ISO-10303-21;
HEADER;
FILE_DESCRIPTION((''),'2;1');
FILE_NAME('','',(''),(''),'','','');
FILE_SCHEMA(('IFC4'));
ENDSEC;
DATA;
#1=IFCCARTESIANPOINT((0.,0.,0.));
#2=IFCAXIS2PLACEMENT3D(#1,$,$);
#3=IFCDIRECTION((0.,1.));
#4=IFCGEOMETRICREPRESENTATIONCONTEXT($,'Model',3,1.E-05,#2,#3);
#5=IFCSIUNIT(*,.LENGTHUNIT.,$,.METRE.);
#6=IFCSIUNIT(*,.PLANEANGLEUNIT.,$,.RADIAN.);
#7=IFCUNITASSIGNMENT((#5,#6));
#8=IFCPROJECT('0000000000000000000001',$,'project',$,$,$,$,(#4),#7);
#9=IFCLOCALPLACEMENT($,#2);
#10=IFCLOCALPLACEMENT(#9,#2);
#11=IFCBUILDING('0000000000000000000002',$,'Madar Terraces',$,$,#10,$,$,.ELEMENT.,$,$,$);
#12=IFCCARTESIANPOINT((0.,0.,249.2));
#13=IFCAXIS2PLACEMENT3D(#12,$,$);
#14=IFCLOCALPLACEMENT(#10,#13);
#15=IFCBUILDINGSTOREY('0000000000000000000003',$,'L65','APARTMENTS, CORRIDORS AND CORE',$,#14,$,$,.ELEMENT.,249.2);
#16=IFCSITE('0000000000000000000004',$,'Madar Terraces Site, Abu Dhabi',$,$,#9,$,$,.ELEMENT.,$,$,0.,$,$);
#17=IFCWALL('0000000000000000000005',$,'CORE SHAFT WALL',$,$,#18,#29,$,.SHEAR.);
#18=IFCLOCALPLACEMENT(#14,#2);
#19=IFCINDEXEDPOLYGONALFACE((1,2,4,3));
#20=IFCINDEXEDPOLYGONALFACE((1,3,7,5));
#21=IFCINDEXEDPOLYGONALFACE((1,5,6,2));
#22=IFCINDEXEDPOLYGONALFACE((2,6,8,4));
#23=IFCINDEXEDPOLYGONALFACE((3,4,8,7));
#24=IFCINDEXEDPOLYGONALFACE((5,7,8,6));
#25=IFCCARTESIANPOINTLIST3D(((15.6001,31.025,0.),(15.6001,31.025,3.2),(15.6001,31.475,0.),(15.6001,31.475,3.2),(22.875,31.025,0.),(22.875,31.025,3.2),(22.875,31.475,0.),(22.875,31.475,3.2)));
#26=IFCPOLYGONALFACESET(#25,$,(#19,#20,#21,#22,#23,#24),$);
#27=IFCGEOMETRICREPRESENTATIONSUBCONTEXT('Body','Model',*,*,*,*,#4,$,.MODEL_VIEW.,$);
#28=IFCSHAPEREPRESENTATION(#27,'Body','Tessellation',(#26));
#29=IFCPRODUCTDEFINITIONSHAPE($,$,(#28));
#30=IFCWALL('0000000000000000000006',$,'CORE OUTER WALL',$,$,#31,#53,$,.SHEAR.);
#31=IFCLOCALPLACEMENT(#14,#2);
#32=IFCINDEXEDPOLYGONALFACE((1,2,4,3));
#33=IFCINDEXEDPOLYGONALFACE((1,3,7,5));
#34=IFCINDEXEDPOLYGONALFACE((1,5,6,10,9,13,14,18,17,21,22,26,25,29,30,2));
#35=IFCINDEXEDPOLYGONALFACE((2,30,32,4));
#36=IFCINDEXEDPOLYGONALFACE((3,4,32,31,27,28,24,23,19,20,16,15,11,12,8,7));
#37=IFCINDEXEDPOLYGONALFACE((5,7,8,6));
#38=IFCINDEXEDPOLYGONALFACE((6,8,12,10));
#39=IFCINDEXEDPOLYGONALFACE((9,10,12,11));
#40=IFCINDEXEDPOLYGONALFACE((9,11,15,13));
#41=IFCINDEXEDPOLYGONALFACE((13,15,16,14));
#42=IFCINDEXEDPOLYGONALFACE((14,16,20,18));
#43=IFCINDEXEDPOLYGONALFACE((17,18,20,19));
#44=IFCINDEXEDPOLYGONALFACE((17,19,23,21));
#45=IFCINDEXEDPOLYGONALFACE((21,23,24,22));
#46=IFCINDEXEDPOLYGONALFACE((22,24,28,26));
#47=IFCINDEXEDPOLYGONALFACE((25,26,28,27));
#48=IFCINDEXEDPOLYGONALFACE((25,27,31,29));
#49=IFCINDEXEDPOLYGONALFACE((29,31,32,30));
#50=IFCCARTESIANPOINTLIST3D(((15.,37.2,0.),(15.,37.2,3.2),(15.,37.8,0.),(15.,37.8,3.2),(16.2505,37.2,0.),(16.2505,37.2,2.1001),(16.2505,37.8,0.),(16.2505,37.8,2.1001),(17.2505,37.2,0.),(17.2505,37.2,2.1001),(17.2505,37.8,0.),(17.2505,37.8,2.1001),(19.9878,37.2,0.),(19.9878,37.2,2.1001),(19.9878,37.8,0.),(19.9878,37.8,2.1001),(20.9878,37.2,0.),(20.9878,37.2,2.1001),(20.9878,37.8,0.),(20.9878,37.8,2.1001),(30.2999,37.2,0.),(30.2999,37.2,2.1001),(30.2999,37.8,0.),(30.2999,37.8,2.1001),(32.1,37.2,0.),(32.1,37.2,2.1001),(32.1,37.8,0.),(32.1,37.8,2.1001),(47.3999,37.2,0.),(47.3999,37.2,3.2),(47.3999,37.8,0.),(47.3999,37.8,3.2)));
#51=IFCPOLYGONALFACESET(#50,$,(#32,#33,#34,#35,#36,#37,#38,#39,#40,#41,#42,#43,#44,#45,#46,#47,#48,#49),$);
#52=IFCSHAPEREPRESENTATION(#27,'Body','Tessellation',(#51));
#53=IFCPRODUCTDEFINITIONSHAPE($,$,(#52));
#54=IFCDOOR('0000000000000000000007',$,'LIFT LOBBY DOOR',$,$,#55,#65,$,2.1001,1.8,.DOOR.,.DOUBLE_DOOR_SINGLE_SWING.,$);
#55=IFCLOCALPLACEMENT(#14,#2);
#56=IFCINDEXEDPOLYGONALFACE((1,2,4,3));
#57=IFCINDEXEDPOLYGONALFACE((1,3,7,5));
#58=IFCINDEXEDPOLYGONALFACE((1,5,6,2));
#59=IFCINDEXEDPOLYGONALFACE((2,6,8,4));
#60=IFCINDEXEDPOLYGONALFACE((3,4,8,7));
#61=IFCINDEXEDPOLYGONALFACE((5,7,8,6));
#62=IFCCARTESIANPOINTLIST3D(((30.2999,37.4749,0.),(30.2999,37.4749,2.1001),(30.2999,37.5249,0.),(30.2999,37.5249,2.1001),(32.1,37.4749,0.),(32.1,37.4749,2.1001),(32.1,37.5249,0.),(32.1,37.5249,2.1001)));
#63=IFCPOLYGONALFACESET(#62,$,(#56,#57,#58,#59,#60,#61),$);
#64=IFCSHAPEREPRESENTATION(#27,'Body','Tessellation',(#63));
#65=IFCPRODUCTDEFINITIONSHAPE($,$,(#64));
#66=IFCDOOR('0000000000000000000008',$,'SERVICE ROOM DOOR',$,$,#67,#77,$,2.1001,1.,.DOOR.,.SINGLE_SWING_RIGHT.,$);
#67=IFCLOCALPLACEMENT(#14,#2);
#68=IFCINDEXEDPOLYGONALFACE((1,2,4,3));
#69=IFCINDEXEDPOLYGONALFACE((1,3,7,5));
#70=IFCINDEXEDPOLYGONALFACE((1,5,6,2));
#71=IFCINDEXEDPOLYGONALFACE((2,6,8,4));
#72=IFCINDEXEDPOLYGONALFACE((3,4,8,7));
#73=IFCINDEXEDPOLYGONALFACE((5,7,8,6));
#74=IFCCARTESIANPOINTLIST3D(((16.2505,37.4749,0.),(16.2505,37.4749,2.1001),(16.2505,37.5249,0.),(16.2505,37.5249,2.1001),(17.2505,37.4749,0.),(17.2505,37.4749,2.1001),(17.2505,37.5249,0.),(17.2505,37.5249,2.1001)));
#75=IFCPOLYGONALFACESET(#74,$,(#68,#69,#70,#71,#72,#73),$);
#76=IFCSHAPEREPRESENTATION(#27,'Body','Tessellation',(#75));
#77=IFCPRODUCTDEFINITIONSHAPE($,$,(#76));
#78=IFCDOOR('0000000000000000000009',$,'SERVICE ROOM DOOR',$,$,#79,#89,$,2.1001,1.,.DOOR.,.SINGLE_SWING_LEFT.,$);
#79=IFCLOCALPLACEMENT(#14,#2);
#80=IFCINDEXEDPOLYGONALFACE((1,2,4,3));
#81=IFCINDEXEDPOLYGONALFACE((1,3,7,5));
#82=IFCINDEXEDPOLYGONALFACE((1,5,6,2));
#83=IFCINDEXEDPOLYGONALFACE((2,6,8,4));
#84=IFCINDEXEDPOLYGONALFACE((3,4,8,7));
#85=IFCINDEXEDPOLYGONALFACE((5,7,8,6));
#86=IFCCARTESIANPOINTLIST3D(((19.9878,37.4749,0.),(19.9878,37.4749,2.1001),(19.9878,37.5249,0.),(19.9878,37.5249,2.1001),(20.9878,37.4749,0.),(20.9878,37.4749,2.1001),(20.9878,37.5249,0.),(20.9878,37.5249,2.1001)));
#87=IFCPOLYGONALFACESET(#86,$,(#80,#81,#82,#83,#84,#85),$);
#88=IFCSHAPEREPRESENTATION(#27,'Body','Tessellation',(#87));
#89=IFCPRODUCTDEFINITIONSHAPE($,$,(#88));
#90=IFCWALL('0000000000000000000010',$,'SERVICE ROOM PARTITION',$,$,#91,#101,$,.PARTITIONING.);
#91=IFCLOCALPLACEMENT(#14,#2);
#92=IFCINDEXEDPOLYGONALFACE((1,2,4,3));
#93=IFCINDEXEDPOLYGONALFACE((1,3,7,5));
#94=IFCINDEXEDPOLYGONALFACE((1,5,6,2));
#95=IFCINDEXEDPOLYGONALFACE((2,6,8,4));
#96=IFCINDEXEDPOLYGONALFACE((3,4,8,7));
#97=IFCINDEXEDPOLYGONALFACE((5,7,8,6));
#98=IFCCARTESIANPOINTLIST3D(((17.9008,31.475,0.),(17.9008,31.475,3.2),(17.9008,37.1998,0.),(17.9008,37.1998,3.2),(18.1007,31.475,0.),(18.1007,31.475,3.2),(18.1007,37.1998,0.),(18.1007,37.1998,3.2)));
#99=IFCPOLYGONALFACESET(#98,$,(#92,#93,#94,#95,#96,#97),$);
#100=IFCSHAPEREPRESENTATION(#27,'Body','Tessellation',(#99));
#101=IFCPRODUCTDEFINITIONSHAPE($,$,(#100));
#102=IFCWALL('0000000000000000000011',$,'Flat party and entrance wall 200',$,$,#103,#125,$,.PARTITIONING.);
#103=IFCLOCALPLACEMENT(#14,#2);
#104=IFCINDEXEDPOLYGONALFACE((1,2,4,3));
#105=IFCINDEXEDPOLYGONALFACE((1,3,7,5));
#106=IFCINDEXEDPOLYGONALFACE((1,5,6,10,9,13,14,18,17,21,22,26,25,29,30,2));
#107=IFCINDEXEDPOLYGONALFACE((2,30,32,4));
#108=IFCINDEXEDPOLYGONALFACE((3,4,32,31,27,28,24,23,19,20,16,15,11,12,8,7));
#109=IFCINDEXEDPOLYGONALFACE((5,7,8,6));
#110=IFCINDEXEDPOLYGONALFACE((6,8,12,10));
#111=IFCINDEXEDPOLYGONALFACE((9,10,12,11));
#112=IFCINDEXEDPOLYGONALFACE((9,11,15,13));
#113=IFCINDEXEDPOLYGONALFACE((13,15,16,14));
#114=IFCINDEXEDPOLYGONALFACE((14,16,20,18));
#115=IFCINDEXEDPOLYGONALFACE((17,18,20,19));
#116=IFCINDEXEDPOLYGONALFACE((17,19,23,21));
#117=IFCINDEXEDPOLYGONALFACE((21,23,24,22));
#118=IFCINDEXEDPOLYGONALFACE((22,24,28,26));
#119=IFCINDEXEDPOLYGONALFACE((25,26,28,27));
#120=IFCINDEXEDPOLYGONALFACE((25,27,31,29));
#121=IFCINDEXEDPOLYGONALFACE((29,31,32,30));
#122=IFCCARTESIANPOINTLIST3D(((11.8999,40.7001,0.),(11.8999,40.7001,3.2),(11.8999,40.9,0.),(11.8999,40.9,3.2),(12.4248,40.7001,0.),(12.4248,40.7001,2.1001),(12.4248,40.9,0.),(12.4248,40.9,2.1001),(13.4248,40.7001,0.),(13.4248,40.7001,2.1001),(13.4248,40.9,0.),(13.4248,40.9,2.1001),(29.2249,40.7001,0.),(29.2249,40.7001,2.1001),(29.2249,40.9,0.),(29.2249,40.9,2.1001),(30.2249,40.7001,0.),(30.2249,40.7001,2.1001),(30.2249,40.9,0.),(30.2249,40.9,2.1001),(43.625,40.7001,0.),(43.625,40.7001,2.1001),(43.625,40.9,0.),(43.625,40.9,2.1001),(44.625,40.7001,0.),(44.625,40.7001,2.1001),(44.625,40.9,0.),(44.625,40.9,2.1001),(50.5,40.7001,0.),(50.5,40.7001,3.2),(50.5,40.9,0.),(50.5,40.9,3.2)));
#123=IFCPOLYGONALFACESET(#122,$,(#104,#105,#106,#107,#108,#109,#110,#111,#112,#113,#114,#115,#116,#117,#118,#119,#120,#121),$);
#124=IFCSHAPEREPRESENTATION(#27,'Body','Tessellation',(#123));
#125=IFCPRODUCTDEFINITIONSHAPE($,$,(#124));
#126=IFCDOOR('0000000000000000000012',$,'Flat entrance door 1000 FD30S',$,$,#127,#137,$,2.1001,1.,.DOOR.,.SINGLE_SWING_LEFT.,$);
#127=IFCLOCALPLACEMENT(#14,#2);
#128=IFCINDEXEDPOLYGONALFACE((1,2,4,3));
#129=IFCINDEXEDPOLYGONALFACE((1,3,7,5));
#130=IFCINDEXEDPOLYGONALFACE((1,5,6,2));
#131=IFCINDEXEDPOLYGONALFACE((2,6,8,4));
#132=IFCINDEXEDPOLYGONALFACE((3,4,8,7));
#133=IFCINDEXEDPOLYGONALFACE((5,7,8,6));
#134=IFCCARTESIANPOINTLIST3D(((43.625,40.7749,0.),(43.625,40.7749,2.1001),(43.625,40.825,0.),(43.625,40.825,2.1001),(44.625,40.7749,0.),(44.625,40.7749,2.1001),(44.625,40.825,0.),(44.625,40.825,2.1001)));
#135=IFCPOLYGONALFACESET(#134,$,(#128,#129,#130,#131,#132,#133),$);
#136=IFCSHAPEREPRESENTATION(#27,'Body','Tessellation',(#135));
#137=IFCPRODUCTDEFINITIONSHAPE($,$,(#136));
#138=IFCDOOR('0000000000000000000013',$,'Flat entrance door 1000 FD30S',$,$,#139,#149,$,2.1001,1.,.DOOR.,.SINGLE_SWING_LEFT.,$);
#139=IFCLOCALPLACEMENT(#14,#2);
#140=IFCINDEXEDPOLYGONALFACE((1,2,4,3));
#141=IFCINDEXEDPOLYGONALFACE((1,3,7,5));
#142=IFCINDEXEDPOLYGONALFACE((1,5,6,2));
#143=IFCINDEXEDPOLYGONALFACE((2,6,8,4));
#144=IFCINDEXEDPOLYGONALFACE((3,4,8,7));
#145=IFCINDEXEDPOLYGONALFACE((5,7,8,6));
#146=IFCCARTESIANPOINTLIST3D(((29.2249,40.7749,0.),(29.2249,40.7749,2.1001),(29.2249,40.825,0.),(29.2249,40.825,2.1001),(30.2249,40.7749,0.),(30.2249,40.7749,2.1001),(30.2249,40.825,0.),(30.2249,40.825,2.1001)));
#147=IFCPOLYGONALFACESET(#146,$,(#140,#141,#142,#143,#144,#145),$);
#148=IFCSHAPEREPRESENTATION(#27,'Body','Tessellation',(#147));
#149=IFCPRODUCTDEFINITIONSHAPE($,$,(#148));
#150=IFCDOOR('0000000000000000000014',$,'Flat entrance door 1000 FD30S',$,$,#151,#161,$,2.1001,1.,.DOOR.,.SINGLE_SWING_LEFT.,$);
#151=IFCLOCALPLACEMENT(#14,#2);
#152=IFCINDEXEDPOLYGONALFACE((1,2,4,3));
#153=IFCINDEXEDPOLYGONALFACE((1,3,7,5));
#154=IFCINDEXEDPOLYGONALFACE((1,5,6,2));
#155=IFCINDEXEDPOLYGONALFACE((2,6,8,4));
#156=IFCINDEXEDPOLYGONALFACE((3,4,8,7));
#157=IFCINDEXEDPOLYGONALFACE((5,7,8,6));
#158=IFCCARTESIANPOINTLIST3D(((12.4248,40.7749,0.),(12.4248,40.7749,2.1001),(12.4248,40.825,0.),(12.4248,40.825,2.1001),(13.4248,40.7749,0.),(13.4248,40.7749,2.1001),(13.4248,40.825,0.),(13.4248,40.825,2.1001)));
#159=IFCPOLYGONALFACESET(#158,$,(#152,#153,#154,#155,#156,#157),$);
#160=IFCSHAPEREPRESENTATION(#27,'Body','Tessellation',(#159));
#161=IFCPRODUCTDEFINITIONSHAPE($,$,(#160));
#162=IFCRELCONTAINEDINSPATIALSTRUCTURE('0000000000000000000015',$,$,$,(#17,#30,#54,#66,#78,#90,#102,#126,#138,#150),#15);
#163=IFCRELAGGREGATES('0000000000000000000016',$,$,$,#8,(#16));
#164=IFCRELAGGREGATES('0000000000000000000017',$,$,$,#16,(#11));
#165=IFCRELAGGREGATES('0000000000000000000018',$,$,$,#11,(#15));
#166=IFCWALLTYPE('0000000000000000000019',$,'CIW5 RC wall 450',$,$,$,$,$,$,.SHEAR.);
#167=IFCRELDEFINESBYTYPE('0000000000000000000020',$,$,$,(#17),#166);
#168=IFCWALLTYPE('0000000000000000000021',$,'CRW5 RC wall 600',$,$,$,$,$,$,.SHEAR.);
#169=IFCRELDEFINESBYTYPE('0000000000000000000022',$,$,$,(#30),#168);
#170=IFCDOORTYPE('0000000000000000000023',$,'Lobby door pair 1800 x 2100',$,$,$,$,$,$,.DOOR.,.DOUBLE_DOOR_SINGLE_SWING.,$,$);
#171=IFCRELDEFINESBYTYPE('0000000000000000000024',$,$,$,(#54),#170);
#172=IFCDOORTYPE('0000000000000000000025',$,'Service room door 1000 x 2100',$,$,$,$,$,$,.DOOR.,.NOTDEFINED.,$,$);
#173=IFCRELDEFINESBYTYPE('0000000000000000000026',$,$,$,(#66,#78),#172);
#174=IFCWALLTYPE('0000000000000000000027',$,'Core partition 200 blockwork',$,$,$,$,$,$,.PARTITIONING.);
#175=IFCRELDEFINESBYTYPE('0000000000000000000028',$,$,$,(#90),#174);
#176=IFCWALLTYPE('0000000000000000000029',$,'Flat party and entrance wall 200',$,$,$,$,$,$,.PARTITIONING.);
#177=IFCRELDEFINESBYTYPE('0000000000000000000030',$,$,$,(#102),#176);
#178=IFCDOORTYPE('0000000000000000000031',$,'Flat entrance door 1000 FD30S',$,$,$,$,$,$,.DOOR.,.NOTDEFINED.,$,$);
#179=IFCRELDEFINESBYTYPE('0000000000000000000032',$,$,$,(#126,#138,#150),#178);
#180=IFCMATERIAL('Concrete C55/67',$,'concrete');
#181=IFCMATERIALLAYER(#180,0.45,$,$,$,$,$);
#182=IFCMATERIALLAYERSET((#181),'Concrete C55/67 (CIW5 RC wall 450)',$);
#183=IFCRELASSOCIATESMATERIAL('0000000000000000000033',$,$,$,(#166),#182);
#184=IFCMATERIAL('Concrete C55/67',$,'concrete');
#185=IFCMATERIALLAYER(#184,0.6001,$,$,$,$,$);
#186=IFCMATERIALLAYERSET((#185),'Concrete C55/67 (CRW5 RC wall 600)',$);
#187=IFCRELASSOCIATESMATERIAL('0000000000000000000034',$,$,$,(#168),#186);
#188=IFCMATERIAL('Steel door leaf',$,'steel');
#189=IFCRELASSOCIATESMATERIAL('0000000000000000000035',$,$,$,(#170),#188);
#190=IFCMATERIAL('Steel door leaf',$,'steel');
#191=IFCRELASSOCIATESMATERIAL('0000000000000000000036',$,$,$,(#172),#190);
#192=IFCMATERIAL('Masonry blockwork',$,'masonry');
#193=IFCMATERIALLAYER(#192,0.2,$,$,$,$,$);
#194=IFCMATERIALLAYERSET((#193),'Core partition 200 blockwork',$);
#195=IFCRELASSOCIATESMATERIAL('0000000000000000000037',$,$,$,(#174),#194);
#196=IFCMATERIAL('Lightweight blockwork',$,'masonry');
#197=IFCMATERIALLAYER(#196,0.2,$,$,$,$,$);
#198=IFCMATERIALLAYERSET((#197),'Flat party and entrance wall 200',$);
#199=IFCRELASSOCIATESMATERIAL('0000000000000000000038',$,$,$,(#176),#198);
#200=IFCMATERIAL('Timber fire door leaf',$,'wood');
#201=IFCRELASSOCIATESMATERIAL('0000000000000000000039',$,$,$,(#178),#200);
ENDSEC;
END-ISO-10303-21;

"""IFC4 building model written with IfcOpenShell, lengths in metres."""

from ifc_helpers import new_model, si_unit, direction, frame, frame_2d, origin, place, context, subcontext, project, spatial, rectangle, extrude, material, layer, layer_set, type_object, element, fill, save


model = new_model("IFC4")

# Units and contexts
model_context = context("Model", 3, precision=1e-05, world=origin(), true_north=direction((0.0, 1.0)))
body_context = subcontext(model_context, "Body", "Model", "MODEL_VIEW")
ifc_project = project(units=[si_unit("LENGTHUNIT", "METRE"), si_unit("PLANEANGLEUNIT", "RADIAN")], contexts=[model_context])

# Site, building, storey
site_placement = place(None, origin())
site = spatial("IfcSite", under=ifc_project, at=site_placement, Name="Madar Terraces Site, Abu Dhabi", CompositionType="ELEMENT", RefElevation=0.0)
building_placement = place(site_placement, origin())
building = spatial("IfcBuilding", under=site, at=building_placement, Name="Madar Terraces", CompositionType="ELEMENT")
storey_placement = place(building_placement, frame((0.0, 0.0, 249.2)))
storey = spatial("IfcBuildingStorey", under=building, at=storey_placement, Name="L65", Description="APARTMENTS, CORRIDORS AND CORE", CompositionType="ELEMENT", Elevation=249.2)

# Wall
ifc_material_1 = material(Name="Concrete C55/67", Category="concrete")
ifc_layer_1 = layer(ifc_material_1, 0.45)
ifc_layer_set_1 = layer_set([ifc_layer_1], Name="Concrete C55/67 (CIW5 RC wall 450)")
wall_type_1 = type_object("IfcWallType", Name="CIW5 RC wall 450", PredefinedType="SHEAR", material=ifc_layer_set_1)
wall_1_placement = place(storey_placement, frame((15.6001, 31.25, 0.0), z_axis=(0.0, 0.0, 1.0), x_axis=(1.0, 0.0, 0.0)))
element("IfcWall", 1, at=wall_1_placement, inside=storey, type_object=wall_type_1, Name="CORE SHAFT WALL", PredefinedType="SHEAR", context=body_context, shape_type="SweptSolid", body=[
    extrude(rectangle(XDim=7.2749, YDim=0.45, at=frame_2d((3.6375, 0.0))), origin(), (0.0, 0.0, 1.0), 3.2),
])

# Wall, openings, doors
ifc_material_2 = material(Name="Concrete C55/67", Category="concrete")
ifc_layer_2 = layer(ifc_material_2, 0.6001)
ifc_layer_set_2 = layer_set([ifc_layer_2], Name="Concrete C55/67 (CRW5 RC wall 600)")
wall_type_2 = type_object("IfcWallType", Name="CRW5 RC wall 600", PredefinedType="SHEAR", material=ifc_layer_set_2)
wall_2_placement = place(storey_placement, frame((15.0, 37.5, 0.0), z_axis=(0.0, 0.0, 1.0), x_axis=(1.0, 0.0, 0.0)))
wall_2 = element("IfcWall", 2, at=wall_2_placement, inside=storey, type_object=wall_type_2, Name="CORE OUTER WALL", PredefinedType="SHEAR", context=body_context, shape_type="SweptSolid", body=[
    extrude(rectangle(XDim=32.3999, YDim=0.6001, at=frame_2d((16.2, 0.0))), origin(), (0.0, 0.0, 1.0), 3.2),
])
opening_1_placement = place(wall_2_placement, frame((15.3, 0.0, 0.0)))
opening_1 = element("IfcOpeningElement", 3, at=opening_1_placement, cuts=wall_2, PredefinedType="OPENING", context=body_context, shape_type="SweptSolid", body=[
    extrude(rectangle(XDim=1.8, YDim=2.1001, at=frame_2d((0.8999, 1.05))), frame((0.0, 0.3101, 0.0), z_axis=(0.0, -1.0, 0.0), x_axis=(1.0, 0.0, 0.0)), (0.0, 0.0, 1.0), 0.6201),
])
opening_2_placement = place(wall_2_placement, frame((1.2505, 0.0, 0.0)))
opening_2 = element("IfcOpeningElement", 4, at=opening_2_placement, cuts=wall_2, PredefinedType="OPENING", context=body_context, shape_type="SweptSolid", body=[
    extrude(rectangle(XDim=1.0, YDim=2.1001, at=frame_2d((0.5, 1.05))), frame((0.0, 0.3101, 0.0), z_axis=(0.0, -1.0, 0.0), x_axis=(1.0, 0.0, 0.0)), (0.0, 0.0, 1.0), 0.6201),
])
opening_3_placement = place(wall_2_placement, frame((4.9878, 0.0, 0.0)))
opening_3 = element("IfcOpeningElement", 5, at=opening_3_placement, cuts=wall_2, PredefinedType="OPENING", context=body_context, shape_type="SweptSolid", body=[
    extrude(rectangle(XDim=1.0, YDim=2.1001, at=frame_2d((0.5, 1.05))), frame((0.0, 0.3101, 0.0), z_axis=(0.0, -1.0, 0.0), x_axis=(1.0, 0.0, 0.0)), (0.0, 0.0, 1.0), 0.6201),
])
ifc_material_3 = material(Name="Steel door leaf", Category="steel")
door_type_1 = type_object("IfcDoorType", Name="Lobby door pair 1800 x 2100", OperationType="DOUBLE_DOOR_SINGLE_SWING", PredefinedType="DOOR", material=ifc_material_3)
door_1_placement = place(opening_1_placement, origin())
door_1 = element("IfcDoor", 6, at=door_1_placement, inside=storey, type_object=door_type_1, Name="LIFT LOBBY DOOR", OperationType="DOUBLE_DOOR_SINGLE_SWING", OverallHeight=2.1001, OverallWidth=1.8, PredefinedType="DOOR", context=body_context, shape_type="SweptSolid", body=[
    extrude(rectangle(XDim=1.8, YDim=2.1001, at=frame_2d((0.8999, 1.05))), frame((0.0, 0.0249, 0.0), z_axis=(0.0, -1.0, 0.0), x_axis=(1.0, 0.0, 0.0)), (0.0, 0.0, 1.0), 0.05),
])
fill(opening_1, door_1)
ifc_material_4 = material(Name="Steel door leaf", Category="steel")
door_type_2 = type_object("IfcDoorType", Name="Service room door 1000 x 2100", OperationType="NOTDEFINED", PredefinedType="DOOR", material=ifc_material_4)
door_2_placement = place(opening_2_placement, origin())
door_2 = element("IfcDoor", 7, at=door_2_placement, inside=storey, type_object=door_type_2, Name="SERVICE ROOM DOOR", OperationType="SINGLE_SWING_RIGHT", OverallHeight=2.1001, OverallWidth=1.0, PredefinedType="DOOR", context=body_context, shape_type="SweptSolid", body=[
    extrude(rectangle(XDim=1.0, YDim=2.1001, at=frame_2d((0.5, 1.05))), frame((0.0, 0.0249, 0.0), z_axis=(0.0, -1.0, 0.0), x_axis=(1.0, 0.0, 0.0)), (0.0, 0.0, 1.0), 0.05),
])
fill(opening_2, door_2)
door_3_placement = place(opening_3_placement, origin())
door_3 = element("IfcDoor", 8, at=door_3_placement, inside=storey, type_object=door_type_2, Name="SERVICE ROOM DOOR", OperationType="SINGLE_SWING_LEFT", OverallHeight=2.1001, OverallWidth=1.0, PredefinedType="DOOR", context=body_context, shape_type="SweptSolid", body=[
    extrude(rectangle(XDim=1.0, YDim=2.1001, at=frame_2d((0.5, 1.05))), frame((0.0, 0.0249, 0.0), z_axis=(0.0, -1.0, 0.0), x_axis=(1.0, 0.0, 0.0)), (0.0, 0.0, 1.0), 0.05),
])
fill(opening_3, door_3)

# Wall
ifc_material_5 = material(Name="Masonry blockwork", Category="masonry")
ifc_layer_3 = layer(ifc_material_5, 0.2)
ifc_layer_set_3 = layer_set([ifc_layer_3], Name="Core partition 200 blockwork")
wall_type_3 = type_object("IfcWallType", Name="Core partition 200 blockwork", PredefinedType="PARTITIONING", material=ifc_layer_set_3)
wall_3_placement = place(storey_placement, frame((18.0007, 31.4751, 0.0), z_axis=(0.0, 0.0, 1.0), x_axis=(0.0, 1.0, 0.0)))
element("IfcWall", 9, at=wall_3_placement, inside=storey, type_object=wall_type_3, Name="SERVICE ROOM PARTITION", PredefinedType="PARTITIONING", context=body_context, shape_type="SweptSolid", body=[
    extrude(rectangle(XDim=5.7249, YDim=0.2, at=frame_2d((2.8623, 0.0))), origin(), (0.0, 0.0, 1.0), 3.2),
])

# Wall, openings, doors
ifc_material_6 = material(Name="Lightweight blockwork", Category="masonry")
ifc_layer_4 = layer(ifc_material_6, 0.2)
ifc_layer_set_4 = layer_set([ifc_layer_4], Name="Flat party and entrance wall 200")
wall_type_4 = type_object("IfcWallType", Name="Flat party and entrance wall 200", PredefinedType="PARTITIONING", material=ifc_layer_set_4)
wall_4_placement = place(storey_placement, frame((11.8999, 40.8, 0.0), z_axis=(0.0, 0.0, 1.0), x_axis=(1.0, 0.0, 0.0)))
wall_4 = element("IfcWall", 10, at=wall_4_placement, inside=storey, type_object=wall_type_4, Name="Flat party and entrance wall 200", PredefinedType="PARTITIONING", context=body_context, shape_type="SweptSolid", body=[
    extrude(rectangle(XDim=38.6001, YDim=0.2, at=frame_2d((19.3, 0.0))), origin(), (0.0, 0.0, 1.0), 3.2),
])
opening_4_placement = place(wall_4_placement, frame((31.7251, 0.0, 0.0)))
opening_4 = element("IfcOpeningElement", 11, at=opening_4_placement, cuts=wall_4, PredefinedType="OPENING", context=body_context, shape_type="SweptSolid", body=[
    extrude(rectangle(XDim=1.0, YDim=2.1001, at=frame_2d((0.5, 1.05))), frame((0.0, 0.1099, 0.0), z_axis=(0.0, -1.0, 0.0), x_axis=(1.0, 0.0, 0.0)), (0.0, 0.0, 1.0), 0.22),
])
opening_5_placement = place(wall_4_placement, frame((17.325, 0.0, 0.0)))
opening_5 = element("IfcOpeningElement", 12, at=opening_5_placement, cuts=wall_4, PredefinedType="OPENING", context=body_context, shape_type="SweptSolid", body=[
    extrude(rectangle(XDim=1.0, YDim=2.1001, at=frame_2d((0.5, 1.05))), frame((0.0, 0.1099, 0.0), z_axis=(0.0, -1.0, 0.0), x_axis=(1.0, 0.0, 0.0)), (0.0, 0.0, 1.0), 0.22),
])
opening_6_placement = place(wall_4_placement, frame((0.5249, 0.0, 0.0)))
opening_6 = element("IfcOpeningElement", 13, at=opening_6_placement, cuts=wall_4, PredefinedType="OPENING", context=body_context, shape_type="SweptSolid", body=[
    extrude(rectangle(XDim=1.0, YDim=2.1001, at=frame_2d((0.5, 1.05))), frame((0.0, 0.1099, 0.0), z_axis=(0.0, -1.0, 0.0), x_axis=(1.0, 0.0, 0.0)), (0.0, 0.0, 1.0), 0.22),
])
ifc_material_7 = material(Name="Timber fire door leaf", Category="wood")
door_type_3 = type_object("IfcDoorType", Name="Flat entrance door 1000 FD30S", OperationType="NOTDEFINED", PredefinedType="DOOR", material=ifc_material_7)
door_4_placement = place(opening_4_placement, origin())
door_4 = element("IfcDoor", 14, at=door_4_placement, inside=storey, type_object=door_type_3, Name="Flat entrance door 1000 FD30S", OperationType="SINGLE_SWING_LEFT", OverallHeight=2.1001, OverallWidth=1.0, PredefinedType="DOOR", context=body_context, shape_type="SweptSolid", body=[
    extrude(rectangle(XDim=1.0, YDim=2.1001, at=frame_2d((0.5, 1.05))), frame((0.0, 0.0249, 0.0), z_axis=(0.0, -1.0, 0.0), x_axis=(1.0, 0.0, 0.0)), (0.0, 0.0, 1.0), 0.05),
])
fill(opening_4, door_4)
door_5_placement = place(opening_5_placement, origin())
door_5 = element("IfcDoor", 15, at=door_5_placement, inside=storey, type_object=door_type_3, Name="Flat entrance door 1000 FD30S", OperationType="SINGLE_SWING_LEFT", OverallHeight=2.1001, OverallWidth=1.0, PredefinedType="DOOR", context=body_context, shape_type="SweptSolid", body=[
    extrude(rectangle(XDim=1.0, YDim=2.1001, at=frame_2d((0.5, 1.05))), frame((0.0, 0.0249, 0.0), z_axis=(0.0, -1.0, 0.0), x_axis=(1.0, 0.0, 0.0)), (0.0, 0.0, 1.0), 0.05),
])
fill(opening_5, door_5)
door_6_placement = place(opening_6_placement, origin())
door_6 = element("IfcDoor", 16, at=door_6_placement, inside=storey, type_object=door_type_3, Name="Flat entrance door 1000 FD30S", OperationType="SINGLE_SWING_LEFT", OverallHeight=2.1001, OverallWidth=1.0, PredefinedType="DOOR", context=body_context, shape_type="SweptSolid", body=[
    extrude(rectangle(XDim=1.0, YDim=2.1001, at=frame_2d((0.5, 1.05))), frame((0.0, 0.0249, 0.0), z_axis=(0.0, -1.0, 0.0), x_axis=(1.0, 0.0, 0.0)), (0.0, 0.0, 1.0), 0.05),
])
fill(opening_6, door_6)

save(model, "model.ifc")
